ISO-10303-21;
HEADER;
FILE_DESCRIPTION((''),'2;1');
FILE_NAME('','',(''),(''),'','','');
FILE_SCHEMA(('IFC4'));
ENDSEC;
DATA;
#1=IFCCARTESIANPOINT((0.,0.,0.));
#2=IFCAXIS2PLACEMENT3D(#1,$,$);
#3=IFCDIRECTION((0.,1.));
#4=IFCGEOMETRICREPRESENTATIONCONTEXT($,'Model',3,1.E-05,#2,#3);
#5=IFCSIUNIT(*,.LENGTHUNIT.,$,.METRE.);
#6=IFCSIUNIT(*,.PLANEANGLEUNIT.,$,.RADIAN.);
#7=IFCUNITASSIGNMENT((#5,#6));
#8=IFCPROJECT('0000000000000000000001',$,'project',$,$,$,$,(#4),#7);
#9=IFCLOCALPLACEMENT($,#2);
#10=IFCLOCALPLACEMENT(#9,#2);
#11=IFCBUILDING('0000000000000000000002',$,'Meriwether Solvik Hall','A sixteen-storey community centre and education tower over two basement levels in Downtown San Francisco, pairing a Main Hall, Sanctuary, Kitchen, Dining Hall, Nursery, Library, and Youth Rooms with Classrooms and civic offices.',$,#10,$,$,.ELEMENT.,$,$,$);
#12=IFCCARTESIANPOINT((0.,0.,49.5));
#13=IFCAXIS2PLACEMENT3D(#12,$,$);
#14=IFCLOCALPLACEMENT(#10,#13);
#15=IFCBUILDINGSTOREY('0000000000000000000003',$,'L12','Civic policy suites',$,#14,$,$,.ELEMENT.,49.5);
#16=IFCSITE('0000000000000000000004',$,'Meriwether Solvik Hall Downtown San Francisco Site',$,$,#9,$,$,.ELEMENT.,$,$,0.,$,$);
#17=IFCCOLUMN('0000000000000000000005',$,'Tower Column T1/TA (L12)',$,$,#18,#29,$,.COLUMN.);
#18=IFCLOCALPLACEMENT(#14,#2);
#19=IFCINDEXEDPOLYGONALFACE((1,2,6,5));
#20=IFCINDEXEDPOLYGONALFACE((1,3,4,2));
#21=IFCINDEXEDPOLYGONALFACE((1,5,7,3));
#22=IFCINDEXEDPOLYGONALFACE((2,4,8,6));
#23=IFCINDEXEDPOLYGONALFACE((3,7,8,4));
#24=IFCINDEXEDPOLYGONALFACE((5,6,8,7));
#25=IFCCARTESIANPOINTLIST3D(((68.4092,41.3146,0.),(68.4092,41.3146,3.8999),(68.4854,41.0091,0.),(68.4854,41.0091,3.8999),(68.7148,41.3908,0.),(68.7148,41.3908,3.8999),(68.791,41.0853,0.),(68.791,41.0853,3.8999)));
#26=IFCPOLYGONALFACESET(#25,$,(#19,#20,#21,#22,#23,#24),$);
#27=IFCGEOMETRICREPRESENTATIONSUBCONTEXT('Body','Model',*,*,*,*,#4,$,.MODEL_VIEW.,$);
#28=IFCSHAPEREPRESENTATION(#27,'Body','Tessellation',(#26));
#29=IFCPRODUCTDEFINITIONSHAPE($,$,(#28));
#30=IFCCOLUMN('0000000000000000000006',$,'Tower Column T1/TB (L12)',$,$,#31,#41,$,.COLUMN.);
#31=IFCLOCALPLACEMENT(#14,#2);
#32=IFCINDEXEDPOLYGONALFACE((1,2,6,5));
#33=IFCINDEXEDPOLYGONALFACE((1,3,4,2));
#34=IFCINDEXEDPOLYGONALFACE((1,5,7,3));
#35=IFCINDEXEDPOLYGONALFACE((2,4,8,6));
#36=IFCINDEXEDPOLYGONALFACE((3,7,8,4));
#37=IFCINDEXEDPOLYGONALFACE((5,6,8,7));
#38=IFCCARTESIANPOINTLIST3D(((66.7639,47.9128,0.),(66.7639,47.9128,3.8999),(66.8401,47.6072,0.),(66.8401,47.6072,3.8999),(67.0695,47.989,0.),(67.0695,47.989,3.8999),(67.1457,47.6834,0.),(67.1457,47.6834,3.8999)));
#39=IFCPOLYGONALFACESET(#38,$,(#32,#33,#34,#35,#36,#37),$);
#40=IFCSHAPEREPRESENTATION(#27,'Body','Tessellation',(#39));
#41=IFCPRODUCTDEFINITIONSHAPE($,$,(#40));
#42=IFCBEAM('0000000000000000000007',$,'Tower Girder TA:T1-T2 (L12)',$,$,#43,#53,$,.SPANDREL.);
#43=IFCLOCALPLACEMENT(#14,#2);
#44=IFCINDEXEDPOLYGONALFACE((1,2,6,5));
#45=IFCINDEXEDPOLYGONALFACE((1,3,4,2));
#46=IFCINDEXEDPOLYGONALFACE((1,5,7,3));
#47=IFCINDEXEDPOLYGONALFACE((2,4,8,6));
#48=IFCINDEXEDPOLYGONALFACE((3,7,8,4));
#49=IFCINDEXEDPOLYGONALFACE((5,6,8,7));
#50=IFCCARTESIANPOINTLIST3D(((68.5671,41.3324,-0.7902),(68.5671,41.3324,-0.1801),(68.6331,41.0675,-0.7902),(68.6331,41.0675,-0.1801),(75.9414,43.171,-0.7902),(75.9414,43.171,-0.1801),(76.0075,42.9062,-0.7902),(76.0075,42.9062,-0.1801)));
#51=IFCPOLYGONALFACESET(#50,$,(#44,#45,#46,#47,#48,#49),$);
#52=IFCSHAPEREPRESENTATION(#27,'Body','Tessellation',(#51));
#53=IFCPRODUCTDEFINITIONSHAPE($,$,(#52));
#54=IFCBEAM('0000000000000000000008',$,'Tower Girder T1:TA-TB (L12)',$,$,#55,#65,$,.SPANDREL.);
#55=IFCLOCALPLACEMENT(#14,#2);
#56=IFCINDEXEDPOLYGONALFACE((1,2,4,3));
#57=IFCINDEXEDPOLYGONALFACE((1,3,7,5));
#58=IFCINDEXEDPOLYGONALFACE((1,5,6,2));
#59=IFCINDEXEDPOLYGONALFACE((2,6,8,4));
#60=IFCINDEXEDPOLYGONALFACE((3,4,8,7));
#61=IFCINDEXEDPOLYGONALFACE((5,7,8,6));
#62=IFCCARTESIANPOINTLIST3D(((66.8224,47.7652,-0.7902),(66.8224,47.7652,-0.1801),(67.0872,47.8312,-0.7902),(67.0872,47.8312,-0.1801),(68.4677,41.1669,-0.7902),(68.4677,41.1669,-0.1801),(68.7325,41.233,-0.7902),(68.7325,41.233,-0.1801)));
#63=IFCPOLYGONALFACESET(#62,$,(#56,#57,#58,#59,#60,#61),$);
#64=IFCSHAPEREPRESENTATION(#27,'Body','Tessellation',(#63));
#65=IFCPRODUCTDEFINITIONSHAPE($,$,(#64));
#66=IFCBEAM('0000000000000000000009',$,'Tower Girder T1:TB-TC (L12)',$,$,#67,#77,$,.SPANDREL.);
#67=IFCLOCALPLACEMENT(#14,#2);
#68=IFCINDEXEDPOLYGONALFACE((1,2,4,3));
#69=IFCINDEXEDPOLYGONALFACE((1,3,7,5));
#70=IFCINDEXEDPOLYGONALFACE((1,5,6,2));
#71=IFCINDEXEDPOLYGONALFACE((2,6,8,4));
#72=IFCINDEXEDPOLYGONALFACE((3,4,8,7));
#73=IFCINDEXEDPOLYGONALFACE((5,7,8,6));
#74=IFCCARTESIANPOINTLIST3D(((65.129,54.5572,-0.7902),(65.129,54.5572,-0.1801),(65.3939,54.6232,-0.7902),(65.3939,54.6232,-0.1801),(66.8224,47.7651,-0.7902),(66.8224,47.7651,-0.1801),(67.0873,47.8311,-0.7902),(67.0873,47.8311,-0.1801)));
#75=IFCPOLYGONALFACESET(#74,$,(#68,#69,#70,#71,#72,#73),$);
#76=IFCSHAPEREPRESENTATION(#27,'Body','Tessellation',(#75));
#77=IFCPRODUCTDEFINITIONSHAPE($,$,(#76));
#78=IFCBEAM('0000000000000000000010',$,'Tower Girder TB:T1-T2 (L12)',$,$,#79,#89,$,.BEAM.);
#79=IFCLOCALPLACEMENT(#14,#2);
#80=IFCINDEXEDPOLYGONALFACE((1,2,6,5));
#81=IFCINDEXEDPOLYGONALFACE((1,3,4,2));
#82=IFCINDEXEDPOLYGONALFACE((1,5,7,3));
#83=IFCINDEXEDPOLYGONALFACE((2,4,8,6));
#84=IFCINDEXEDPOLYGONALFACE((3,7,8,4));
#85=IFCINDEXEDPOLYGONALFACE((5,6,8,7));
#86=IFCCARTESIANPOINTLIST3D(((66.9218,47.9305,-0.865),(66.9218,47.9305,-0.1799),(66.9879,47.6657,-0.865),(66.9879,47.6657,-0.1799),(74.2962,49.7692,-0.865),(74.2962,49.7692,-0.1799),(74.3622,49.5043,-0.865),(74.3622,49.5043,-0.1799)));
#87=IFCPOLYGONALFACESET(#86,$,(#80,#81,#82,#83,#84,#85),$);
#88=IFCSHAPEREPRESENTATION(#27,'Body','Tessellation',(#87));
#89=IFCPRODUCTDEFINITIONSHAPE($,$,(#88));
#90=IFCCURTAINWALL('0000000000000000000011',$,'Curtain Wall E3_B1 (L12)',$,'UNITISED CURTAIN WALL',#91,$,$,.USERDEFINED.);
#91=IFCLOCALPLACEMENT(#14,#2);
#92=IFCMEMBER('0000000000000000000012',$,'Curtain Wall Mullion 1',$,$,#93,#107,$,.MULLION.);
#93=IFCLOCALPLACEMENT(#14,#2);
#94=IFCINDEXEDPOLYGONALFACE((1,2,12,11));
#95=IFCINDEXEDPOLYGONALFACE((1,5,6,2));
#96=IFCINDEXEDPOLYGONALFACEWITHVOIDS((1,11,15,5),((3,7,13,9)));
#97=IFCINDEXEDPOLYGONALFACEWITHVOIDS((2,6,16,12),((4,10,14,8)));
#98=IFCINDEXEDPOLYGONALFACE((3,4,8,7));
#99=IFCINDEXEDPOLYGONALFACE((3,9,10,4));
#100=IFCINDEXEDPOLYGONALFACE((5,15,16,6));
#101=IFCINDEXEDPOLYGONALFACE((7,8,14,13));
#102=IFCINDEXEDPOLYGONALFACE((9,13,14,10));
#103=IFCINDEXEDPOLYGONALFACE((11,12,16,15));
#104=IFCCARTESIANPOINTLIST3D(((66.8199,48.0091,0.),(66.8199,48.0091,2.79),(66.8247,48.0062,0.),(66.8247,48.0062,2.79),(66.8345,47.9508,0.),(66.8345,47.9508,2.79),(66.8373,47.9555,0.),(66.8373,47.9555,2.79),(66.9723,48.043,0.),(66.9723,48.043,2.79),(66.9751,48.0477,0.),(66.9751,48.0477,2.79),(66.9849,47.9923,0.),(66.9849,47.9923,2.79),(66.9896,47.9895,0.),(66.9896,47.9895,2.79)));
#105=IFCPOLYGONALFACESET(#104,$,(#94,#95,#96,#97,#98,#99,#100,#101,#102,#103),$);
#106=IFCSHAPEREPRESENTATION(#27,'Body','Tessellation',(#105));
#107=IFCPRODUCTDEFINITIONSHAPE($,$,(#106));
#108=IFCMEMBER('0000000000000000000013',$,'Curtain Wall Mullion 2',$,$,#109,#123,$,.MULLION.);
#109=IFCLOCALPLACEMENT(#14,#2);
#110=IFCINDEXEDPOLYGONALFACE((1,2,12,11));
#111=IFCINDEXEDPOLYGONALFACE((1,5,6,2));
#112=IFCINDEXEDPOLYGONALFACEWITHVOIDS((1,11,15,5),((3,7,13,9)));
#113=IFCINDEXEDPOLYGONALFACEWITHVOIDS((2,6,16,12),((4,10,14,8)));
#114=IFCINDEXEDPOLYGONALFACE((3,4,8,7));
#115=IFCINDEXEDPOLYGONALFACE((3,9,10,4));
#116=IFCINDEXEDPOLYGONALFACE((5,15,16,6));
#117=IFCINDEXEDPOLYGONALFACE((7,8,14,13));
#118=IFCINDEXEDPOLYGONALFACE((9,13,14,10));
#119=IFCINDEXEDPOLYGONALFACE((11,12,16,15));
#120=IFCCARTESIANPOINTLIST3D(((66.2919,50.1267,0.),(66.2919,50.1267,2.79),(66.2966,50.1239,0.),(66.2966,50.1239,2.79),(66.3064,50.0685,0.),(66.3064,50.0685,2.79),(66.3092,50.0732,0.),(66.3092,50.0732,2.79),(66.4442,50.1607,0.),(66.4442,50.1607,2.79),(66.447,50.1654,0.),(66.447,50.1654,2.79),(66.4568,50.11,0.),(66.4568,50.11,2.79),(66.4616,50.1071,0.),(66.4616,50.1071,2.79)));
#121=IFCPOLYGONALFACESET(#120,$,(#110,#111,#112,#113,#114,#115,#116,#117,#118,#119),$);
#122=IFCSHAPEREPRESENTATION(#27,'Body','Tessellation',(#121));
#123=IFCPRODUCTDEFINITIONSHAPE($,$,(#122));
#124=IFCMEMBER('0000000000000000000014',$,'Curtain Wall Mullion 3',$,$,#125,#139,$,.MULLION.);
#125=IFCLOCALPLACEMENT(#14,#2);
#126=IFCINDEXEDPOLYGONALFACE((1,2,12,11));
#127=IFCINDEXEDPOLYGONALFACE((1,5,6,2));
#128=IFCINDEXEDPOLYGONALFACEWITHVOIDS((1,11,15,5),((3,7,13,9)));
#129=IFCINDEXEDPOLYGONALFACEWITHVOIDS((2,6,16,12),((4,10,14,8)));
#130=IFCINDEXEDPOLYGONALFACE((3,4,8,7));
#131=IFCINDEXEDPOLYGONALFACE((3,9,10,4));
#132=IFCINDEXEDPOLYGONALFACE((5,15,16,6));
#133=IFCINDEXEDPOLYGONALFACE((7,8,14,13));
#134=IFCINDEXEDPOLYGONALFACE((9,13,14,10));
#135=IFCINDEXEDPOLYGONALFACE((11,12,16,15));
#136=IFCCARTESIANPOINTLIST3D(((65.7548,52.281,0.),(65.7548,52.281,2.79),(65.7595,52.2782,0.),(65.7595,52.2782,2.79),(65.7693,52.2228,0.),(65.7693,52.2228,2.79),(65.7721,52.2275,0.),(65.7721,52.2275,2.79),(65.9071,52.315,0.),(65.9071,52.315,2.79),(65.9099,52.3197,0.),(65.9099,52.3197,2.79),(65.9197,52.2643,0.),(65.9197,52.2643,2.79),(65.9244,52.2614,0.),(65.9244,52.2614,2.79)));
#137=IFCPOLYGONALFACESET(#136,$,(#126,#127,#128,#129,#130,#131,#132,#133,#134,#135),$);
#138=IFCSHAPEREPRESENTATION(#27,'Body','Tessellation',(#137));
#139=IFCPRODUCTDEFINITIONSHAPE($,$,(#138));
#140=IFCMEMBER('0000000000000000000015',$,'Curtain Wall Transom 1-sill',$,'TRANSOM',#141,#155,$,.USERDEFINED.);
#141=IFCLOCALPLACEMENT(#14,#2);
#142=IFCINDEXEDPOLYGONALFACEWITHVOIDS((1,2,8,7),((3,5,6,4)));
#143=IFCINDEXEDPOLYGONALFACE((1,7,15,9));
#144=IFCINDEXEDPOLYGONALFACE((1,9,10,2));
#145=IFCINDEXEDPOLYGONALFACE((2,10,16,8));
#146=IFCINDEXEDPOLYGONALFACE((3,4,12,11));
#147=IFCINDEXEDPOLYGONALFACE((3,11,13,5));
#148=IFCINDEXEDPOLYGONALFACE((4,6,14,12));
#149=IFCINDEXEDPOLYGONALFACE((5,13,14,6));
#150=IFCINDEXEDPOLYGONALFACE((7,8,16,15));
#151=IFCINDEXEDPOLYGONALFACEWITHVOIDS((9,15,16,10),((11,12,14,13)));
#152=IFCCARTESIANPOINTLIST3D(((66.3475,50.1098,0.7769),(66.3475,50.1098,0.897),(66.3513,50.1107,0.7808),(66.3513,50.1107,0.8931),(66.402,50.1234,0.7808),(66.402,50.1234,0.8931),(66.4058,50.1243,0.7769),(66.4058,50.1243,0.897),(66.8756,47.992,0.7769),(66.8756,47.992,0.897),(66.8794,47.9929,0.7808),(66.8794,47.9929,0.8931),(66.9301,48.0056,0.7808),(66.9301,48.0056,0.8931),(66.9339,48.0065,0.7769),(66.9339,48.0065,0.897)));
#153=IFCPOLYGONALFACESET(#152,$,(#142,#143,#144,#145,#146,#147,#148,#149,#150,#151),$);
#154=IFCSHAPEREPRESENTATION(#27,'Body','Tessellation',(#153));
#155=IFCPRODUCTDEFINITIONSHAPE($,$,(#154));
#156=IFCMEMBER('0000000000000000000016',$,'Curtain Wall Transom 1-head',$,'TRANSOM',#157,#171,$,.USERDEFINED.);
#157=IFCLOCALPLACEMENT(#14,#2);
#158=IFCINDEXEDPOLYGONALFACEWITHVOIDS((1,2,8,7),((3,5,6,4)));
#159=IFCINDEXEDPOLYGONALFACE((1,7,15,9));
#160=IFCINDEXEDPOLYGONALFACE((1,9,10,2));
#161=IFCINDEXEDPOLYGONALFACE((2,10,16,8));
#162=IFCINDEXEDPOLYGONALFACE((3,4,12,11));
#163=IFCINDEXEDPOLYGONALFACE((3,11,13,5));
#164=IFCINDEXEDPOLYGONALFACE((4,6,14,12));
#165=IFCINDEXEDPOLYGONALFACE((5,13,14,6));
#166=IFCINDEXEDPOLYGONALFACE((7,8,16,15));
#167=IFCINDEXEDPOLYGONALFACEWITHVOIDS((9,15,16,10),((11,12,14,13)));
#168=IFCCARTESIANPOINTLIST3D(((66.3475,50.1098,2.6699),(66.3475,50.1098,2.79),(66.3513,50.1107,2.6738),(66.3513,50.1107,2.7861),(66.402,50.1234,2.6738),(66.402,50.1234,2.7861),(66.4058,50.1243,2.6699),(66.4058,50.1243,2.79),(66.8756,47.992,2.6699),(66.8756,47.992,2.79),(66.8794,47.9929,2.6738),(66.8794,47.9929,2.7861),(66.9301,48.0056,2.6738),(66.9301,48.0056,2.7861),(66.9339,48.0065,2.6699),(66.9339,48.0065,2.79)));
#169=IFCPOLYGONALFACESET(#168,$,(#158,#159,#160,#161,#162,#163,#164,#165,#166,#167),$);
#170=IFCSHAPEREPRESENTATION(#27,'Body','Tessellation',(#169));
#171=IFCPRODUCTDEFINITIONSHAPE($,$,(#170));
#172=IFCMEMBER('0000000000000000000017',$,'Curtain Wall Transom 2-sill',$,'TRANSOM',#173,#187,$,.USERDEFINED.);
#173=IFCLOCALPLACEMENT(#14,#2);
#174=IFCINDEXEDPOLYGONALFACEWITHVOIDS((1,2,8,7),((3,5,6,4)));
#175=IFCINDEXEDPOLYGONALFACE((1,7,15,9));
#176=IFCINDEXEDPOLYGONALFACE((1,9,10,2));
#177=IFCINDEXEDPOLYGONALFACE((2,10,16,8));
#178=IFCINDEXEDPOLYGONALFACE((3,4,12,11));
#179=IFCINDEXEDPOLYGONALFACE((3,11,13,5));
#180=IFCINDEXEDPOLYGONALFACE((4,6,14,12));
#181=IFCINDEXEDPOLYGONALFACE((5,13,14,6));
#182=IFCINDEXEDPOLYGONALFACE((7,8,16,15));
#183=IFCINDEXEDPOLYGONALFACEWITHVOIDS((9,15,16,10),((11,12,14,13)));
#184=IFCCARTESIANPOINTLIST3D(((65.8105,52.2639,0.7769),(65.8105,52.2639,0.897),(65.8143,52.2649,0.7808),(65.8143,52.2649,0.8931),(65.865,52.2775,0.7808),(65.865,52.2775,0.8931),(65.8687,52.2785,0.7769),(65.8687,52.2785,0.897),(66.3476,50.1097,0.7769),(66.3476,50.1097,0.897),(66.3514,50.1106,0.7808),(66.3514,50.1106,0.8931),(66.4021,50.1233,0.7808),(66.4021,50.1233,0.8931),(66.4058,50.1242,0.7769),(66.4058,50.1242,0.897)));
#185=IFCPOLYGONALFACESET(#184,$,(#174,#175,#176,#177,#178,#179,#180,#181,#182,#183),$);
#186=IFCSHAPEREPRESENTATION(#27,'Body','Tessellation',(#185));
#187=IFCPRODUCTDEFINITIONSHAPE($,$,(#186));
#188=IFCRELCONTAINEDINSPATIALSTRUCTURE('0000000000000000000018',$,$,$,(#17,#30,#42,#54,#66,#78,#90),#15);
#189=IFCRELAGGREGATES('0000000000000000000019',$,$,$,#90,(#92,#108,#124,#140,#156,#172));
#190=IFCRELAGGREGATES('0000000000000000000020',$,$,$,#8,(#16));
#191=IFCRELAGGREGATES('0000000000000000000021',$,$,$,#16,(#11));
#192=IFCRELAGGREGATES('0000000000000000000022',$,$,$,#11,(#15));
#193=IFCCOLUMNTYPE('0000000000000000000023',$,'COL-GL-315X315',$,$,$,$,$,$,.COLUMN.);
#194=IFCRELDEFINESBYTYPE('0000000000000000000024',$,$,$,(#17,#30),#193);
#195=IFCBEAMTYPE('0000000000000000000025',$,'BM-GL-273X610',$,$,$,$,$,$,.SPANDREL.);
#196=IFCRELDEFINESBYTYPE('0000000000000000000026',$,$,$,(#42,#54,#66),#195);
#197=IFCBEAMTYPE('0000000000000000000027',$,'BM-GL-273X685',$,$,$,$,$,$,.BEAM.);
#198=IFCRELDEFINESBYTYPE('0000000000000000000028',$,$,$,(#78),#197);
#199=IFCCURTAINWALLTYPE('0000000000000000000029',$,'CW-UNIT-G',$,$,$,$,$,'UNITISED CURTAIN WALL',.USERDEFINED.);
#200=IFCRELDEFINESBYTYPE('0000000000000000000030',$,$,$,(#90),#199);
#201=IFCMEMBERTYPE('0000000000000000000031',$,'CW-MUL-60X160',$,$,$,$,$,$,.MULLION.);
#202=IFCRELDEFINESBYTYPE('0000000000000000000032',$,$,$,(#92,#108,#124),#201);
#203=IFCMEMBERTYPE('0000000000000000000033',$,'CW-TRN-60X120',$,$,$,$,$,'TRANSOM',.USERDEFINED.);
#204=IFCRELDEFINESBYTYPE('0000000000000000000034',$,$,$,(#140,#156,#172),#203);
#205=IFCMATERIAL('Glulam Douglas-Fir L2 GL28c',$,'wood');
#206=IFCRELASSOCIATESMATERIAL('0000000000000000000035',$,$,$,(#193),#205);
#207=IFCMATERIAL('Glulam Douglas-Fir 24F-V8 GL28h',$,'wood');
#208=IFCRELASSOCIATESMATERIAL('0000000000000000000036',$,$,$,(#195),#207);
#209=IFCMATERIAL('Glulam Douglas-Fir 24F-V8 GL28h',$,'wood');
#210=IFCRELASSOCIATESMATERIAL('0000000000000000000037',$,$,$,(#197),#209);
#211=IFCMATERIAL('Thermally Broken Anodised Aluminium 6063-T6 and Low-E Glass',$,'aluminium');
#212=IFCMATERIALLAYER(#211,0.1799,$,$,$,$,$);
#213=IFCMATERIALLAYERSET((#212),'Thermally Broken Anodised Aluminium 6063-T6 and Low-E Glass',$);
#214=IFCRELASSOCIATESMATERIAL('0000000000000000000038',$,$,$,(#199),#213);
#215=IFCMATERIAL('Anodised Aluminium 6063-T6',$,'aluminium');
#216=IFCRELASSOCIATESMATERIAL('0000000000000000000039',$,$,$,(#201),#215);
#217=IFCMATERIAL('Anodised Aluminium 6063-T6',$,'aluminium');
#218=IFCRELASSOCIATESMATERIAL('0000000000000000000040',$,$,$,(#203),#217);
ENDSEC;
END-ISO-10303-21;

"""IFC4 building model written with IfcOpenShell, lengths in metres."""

from ifc_helpers import new_model, si_unit, direction, frame, origin, origin_2d, place, context, subcontext, project, spatial, rectangle, hollow_rectangle, extrude, material, layer, layer_set, material_profile, profile_set, type_object, element, aggregate, save


model = new_model("IFC4")

# Units and contexts
model_context = context("Model", 3, precision=1e-05, world=origin(), true_north=direction((0.0, 1.0)))
body_context = subcontext(model_context, "Body", "Model", "MODEL_VIEW")
ifc_project = project(units=[si_unit("LENGTHUNIT", "METRE"), si_unit("PLANEANGLEUNIT", "RADIAN")], contexts=[model_context])

# Site, building, storey
site_placement = place(None, origin())
site = spatial("IfcSite", under=ifc_project, at=site_placement, Name="Meriwether Solvik Hall Downtown San Francisco Site", CompositionType="ELEMENT", RefElevation=0.0)
building_placement = place(site_placement, origin())
building = spatial("IfcBuilding", under=site, at=building_placement, Name="Meriwether Solvik Hall", Description="A sixteen-storey community centre and education tower over two basement levels in Downtown San Francisco, pairing a Main Hall, Sanctuary, Kitchen, Dining Hall, Nursery, Library, and Youth Rooms with Classrooms and civic offices.", CompositionType="ELEMENT")
storey_placement = place(building_placement, frame((0.0, 0.0, 49.5)))
storey = spatial("IfcBuildingStorey", under=building, at=storey_placement, Name="L12", Description="Civic policy suites", CompositionType="ELEMENT", Elevation=49.5)

# Columns
ifc_material_1 = material(Name="Glulam Douglas-Fir L2 GL28c", Category="wood")
ifc_material_profile_1 = material_profile(ifc_material_1, rectangle(XDim=0.3149, YDim=0.3149, at=origin_2d()), Name="GLC-315X315")
ifc_profile_set_1 = profile_set([ifc_material_profile_1], Name="Glulam Douglas-Fir L2 GL28c")
column_type = type_object("IfcColumnType", Name="COL-GL-315X315", PredefinedType="COLUMN", material=ifc_profile_set_1)
for number, where, z_axis, x_axis, name in (
    (1, (68.6001, 41.2, 0.0), (0.0, 0.0, 1.0), (0.970296, 0.241922, 0.0), "Tower Column T1/TA (L12)"),
    (2, (66.9548, 47.7981, 0.0), (0.0, 0.0, 1.0), (0.970296, 0.241922, 0.0), "Tower Column T1/TB (L12)"),
):
    element("IfcColumn", number, at=place(storey_placement, frame(where, z_axis=z_axis, x_axis=x_axis)), inside=storey, type_object=column_type, Name=name, PredefinedType="COLUMN", context=body_context, shape_type="SweptSolid", body=[
        extrude(rectangle(XDim=0.3149, YDim=0.3149, at=origin_2d()), origin(), (0.0, 0.0, 1.0), 3.8999),
    ])

# Beams
ifc_material_2 = material(Name="Glulam Douglas-Fir 24F-V8 GL28h", Category="wood")
ifc_material_profile_2 = material_profile(ifc_material_2, rectangle(XDim=0.2729, YDim=0.6101, at=origin_2d()), Name="GLB-273X610")
ifc_profile_set_2 = profile_set([ifc_material_profile_2], Name="Glulam Douglas-Fir 24F-V8 GL28h")
beam_type_1 = type_object("IfcBeamType", Name="BM-GL-273X610", PredefinedType="SPANDREL", material=ifc_profile_set_2)
beam_1_placement = place(storey_placement, frame((68.6001, 41.2, -0.4851), z_axis=(0.970295, 0.241923, 0.0), x_axis=(-0.241923, 0.970295, 0.0)))
element("IfcBeam", 3, at=beam_1_placement, inside=storey, type_object=beam_type_1, Name="Tower Girder TA:T1-T2 (L12)", PredefinedType="SPANDREL", context=body_context, shape_type="SweptSolid", body=[
    extrude(rectangle(XDim=0.2729, YDim=0.6101, at=origin_2d()), origin(), (0.0, 0.0, 1.0), 7.6001),
])
beam_2_placement = place(storey_placement, frame((68.6001, 41.2, -0.4851), z_axis=(-0.241944, 0.97029, 0.0), x_axis=(-0.97029, -0.241944, 0.0)))
element("IfcBeam", 4, at=beam_2_placement, inside=storey, type_object=beam_type_1, Name="Tower Girder T1:TA-TB (L12)", PredefinedType="SPANDREL", context=body_context, shape_type="SweptSolid", body=[
    extrude(rectangle(XDim=0.2729, YDim=0.6101, at=origin_2d()), origin(), (0.0, 0.0, 1.0), 6.8003),
])
beam_3_placement = place(storey_placement, frame((66.9548, 47.7981, -0.4851), z_axis=(-0.241912, 0.970298, 0.0), x_axis=(-0.970298, -0.241912, 0.0)))
element("IfcBeam", 5, at=beam_3_placement, inside=storey, type_object=beam_type_1, Name="Tower Girder T1:TB-TC (L12)", PredefinedType="SPANDREL", context=body_context, shape_type="SweptSolid", body=[
    extrude(rectangle(XDim=0.2729, YDim=0.6101, at=origin_2d()), origin(), (0.0, 0.0, 1.0), 7.0),
])
ifc_material_3 = material(Name="Glulam Douglas-Fir 24F-V8 GL28h", Category="wood")
ifc_material_profile_3 = material_profile(ifc_material_3, rectangle(XDim=0.2729, YDim=0.6851, at=origin_2d()), Name="GLB-273X685")
ifc_profile_set_3 = profile_set([ifc_material_profile_3], Name="Glulam Douglas-Fir 24F-V8 GL28h")
beam_type_2 = type_object("IfcBeamType", Name="BM-GL-273X685", PredefinedType="BEAM", material=ifc_profile_set_3)
beam_4_placement = place(storey_placement, frame((66.9548, 47.7981, -0.5225), z_axis=(0.970295, 0.241923, 0.0), x_axis=(-0.241923, 0.970295, 0.0)))
element("IfcBeam", 6, at=beam_4_placement, inside=storey, type_object=beam_type_2, Name="Tower Girder TB:T1-T2 (L12)", PredefinedType="BEAM", context=body_context, shape_type="SweptSolid", body=[
    extrude(rectangle(XDim=0.2729, YDim=0.6851, at=origin_2d()), origin(), (0.0, 0.0, 1.0), 7.6001),
])

# Curtain wall, members
ifc_material_4 = material(Name="Thermally Broken Anodised Aluminium 6063-T6 and Low-E Glass", Category="aluminium")
ifc_layer_1 = layer(ifc_material_4, 0.1799)
ifc_layer_set_1 = layer_set([ifc_layer_1], Name="Thermally Broken Anodised Aluminium 6063-T6 and Low-E Glass")
curtain_wall_type = type_object("IfcCurtainWallType", Name="CW-UNIT-G", ElementType="UNITISED CURTAIN WALL", PredefinedType="USERDEFINED", material=ifc_layer_set_1)
curtain_wall_placement = place(storey_placement, origin())
curtain_wall = element("IfcCurtainWall", 7, at=curtain_wall_placement, inside=storey, type_object=curtain_wall_type, Name="Curtain Wall E3_B1 (L12)", ObjectType="UNITISED CURTAIN WALL", PredefinedType="USERDEFINED")
ifc_material_5 = material(Name="Anodised Aluminium 6063-T6", Category="aluminium")
ifc_material_profile_4 = material_profile(ifc_material_5, hollow_rectangle(XDim=0.0601, YDim=0.1599, WallThickness=0.0039, at=origin_2d()), Name="CWM-60X160")
ifc_profile_set_4 = profile_set([ifc_material_profile_4], Name="Anodised Aluminium 6063-T6")
member_type_1 = type_object("IfcMemberType", Name="CW-MUL-60X160", PredefinedType="MULLION", material=ifc_profile_set_4)
member_1_placement = place(storey_placement, frame((66.9048, 47.9993, 0.0), z_axis=(0.0, 0.0, 1.0), x_axis=(-0.241922, 0.970296, 0.0)))
member_1 = element("IfcMember", 8, at=member_1_placement, type_object=member_type_1, Name="Curtain Wall Mullion 1", PredefinedType="MULLION", context=body_context, shape_type="SweptSolid", body=[
    extrude(hollow_rectangle(XDim=0.0601, YDim=0.1599, WallThickness=0.0039, at=origin_2d()), origin(), (0.0, 0.0, 1.0), 2.79),
])
member_2_placement = place(storey_placement, frame((66.3767, 50.1169, 0.0), z_axis=(0.0, 0.0, 1.0), x_axis=(-0.241922, 0.970296, 0.0)))
member_2 = element("IfcMember", 9, at=member_2_placement, type_object=member_type_1, Name="Curtain Wall Mullion 2", PredefinedType="MULLION", context=body_context, shape_type="SweptSolid", body=[
    extrude(hollow_rectangle(XDim=0.0601, YDim=0.1599, WallThickness=0.0039, at=origin_2d()), origin(), (0.0, 0.0, 1.0), 2.79),
])
member_3_placement = place(storey_placement, frame((65.8396, 52.2712, 0.0), z_axis=(0.0, 0.0, 1.0), x_axis=(-0.241922, 0.970296, 0.0)))
member_3 = element("IfcMember", 10, at=member_3_placement, type_object=member_type_1, Name="Curtain Wall Mullion 3", PredefinedType="MULLION", context=body_context, shape_type="SweptSolid", body=[
    extrude(hollow_rectangle(XDim=0.0601, YDim=0.1599, WallThickness=0.0039, at=origin_2d()), origin(), (0.0, 0.0, 1.0), 2.79),
])
ifc_material_6 = material(Name="Anodised Aluminium 6063-T6", Category="aluminium")
ifc_material_profile_5 = material_profile(ifc_material_6, hollow_rectangle(XDim=0.0601, YDim=0.1201, WallThickness=0.0039, at=origin_2d()), Name="CWT-60X120")
ifc_profile_set_5 = profile_set([ifc_material_profile_5], Name="Anodised Aluminium 6063-T6")
member_type_2 = type_object("IfcMemberType", Name="CW-TRN-60X120", ElementType="TRANSOM", PredefinedType="USERDEFINED", material=ifc_profile_set_5)
member_4_placement = place(storey_placement, frame((66.9048, 47.9993, 0.8369), z_axis=(-0.241957, 0.970287, 0.0), x_axis=(-0.970287, -0.241957, 0.0)))
member_4 = element("IfcMember", 11, at=member_4_placement, type_object=member_type_2, Name="Curtain Wall Transom 1-sill", ObjectType="TRANSOM", PredefinedType="USERDEFINED", context=body_context, shape_type="SweptSolid", body=[
    extrude(hollow_rectangle(XDim=0.0601, YDim=0.1201, WallThickness=0.0039, at=origin_2d()), origin(), (0.0, 0.0, 1.0), 2.1826),
])
member_5_placement = place(storey_placement, frame((66.9048, 47.9993, 2.73), z_axis=(-0.241957, 0.970287, 0.0), x_axis=(-0.970287, -0.241957, 0.0)))
member_5 = element("IfcMember", 12, at=member_5_placement, type_object=member_type_2, Name="Curtain Wall Transom 1-head", ObjectType="TRANSOM", PredefinedType="USERDEFINED", context=body_context, shape_type="SweptSolid", body=[
    extrude(hollow_rectangle(XDim=0.0601, YDim=0.1201, WallThickness=0.0039, at=origin_2d()), origin(), (0.0, 0.0, 1.0), 2.1826),
])
member_6_placement = place(storey_placement, frame((66.3767, 50.1169, 0.8369), z_axis=(-0.241915, 0.970298, 0.0), x_axis=(-0.970298, -0.241915, 0.0)))
member_6 = element("IfcMember", 13, at=member_6_placement, type_object=member_type_2, Name="Curtain Wall Transom 2-sill", ObjectType="TRANSOM", PredefinedType="USERDEFINED", context=body_context, shape_type="SweptSolid", body=[
    extrude(hollow_rectangle(XDim=0.0601, YDim=0.1201, WallThickness=0.0039, at=origin_2d()), origin(), (0.0, 0.0, 1.0), 2.2202),
])

aggregate(curtain_wall, [member_1, member_2, member_3, member_4, member_5, member_6])

save(model, "model.ifc")
